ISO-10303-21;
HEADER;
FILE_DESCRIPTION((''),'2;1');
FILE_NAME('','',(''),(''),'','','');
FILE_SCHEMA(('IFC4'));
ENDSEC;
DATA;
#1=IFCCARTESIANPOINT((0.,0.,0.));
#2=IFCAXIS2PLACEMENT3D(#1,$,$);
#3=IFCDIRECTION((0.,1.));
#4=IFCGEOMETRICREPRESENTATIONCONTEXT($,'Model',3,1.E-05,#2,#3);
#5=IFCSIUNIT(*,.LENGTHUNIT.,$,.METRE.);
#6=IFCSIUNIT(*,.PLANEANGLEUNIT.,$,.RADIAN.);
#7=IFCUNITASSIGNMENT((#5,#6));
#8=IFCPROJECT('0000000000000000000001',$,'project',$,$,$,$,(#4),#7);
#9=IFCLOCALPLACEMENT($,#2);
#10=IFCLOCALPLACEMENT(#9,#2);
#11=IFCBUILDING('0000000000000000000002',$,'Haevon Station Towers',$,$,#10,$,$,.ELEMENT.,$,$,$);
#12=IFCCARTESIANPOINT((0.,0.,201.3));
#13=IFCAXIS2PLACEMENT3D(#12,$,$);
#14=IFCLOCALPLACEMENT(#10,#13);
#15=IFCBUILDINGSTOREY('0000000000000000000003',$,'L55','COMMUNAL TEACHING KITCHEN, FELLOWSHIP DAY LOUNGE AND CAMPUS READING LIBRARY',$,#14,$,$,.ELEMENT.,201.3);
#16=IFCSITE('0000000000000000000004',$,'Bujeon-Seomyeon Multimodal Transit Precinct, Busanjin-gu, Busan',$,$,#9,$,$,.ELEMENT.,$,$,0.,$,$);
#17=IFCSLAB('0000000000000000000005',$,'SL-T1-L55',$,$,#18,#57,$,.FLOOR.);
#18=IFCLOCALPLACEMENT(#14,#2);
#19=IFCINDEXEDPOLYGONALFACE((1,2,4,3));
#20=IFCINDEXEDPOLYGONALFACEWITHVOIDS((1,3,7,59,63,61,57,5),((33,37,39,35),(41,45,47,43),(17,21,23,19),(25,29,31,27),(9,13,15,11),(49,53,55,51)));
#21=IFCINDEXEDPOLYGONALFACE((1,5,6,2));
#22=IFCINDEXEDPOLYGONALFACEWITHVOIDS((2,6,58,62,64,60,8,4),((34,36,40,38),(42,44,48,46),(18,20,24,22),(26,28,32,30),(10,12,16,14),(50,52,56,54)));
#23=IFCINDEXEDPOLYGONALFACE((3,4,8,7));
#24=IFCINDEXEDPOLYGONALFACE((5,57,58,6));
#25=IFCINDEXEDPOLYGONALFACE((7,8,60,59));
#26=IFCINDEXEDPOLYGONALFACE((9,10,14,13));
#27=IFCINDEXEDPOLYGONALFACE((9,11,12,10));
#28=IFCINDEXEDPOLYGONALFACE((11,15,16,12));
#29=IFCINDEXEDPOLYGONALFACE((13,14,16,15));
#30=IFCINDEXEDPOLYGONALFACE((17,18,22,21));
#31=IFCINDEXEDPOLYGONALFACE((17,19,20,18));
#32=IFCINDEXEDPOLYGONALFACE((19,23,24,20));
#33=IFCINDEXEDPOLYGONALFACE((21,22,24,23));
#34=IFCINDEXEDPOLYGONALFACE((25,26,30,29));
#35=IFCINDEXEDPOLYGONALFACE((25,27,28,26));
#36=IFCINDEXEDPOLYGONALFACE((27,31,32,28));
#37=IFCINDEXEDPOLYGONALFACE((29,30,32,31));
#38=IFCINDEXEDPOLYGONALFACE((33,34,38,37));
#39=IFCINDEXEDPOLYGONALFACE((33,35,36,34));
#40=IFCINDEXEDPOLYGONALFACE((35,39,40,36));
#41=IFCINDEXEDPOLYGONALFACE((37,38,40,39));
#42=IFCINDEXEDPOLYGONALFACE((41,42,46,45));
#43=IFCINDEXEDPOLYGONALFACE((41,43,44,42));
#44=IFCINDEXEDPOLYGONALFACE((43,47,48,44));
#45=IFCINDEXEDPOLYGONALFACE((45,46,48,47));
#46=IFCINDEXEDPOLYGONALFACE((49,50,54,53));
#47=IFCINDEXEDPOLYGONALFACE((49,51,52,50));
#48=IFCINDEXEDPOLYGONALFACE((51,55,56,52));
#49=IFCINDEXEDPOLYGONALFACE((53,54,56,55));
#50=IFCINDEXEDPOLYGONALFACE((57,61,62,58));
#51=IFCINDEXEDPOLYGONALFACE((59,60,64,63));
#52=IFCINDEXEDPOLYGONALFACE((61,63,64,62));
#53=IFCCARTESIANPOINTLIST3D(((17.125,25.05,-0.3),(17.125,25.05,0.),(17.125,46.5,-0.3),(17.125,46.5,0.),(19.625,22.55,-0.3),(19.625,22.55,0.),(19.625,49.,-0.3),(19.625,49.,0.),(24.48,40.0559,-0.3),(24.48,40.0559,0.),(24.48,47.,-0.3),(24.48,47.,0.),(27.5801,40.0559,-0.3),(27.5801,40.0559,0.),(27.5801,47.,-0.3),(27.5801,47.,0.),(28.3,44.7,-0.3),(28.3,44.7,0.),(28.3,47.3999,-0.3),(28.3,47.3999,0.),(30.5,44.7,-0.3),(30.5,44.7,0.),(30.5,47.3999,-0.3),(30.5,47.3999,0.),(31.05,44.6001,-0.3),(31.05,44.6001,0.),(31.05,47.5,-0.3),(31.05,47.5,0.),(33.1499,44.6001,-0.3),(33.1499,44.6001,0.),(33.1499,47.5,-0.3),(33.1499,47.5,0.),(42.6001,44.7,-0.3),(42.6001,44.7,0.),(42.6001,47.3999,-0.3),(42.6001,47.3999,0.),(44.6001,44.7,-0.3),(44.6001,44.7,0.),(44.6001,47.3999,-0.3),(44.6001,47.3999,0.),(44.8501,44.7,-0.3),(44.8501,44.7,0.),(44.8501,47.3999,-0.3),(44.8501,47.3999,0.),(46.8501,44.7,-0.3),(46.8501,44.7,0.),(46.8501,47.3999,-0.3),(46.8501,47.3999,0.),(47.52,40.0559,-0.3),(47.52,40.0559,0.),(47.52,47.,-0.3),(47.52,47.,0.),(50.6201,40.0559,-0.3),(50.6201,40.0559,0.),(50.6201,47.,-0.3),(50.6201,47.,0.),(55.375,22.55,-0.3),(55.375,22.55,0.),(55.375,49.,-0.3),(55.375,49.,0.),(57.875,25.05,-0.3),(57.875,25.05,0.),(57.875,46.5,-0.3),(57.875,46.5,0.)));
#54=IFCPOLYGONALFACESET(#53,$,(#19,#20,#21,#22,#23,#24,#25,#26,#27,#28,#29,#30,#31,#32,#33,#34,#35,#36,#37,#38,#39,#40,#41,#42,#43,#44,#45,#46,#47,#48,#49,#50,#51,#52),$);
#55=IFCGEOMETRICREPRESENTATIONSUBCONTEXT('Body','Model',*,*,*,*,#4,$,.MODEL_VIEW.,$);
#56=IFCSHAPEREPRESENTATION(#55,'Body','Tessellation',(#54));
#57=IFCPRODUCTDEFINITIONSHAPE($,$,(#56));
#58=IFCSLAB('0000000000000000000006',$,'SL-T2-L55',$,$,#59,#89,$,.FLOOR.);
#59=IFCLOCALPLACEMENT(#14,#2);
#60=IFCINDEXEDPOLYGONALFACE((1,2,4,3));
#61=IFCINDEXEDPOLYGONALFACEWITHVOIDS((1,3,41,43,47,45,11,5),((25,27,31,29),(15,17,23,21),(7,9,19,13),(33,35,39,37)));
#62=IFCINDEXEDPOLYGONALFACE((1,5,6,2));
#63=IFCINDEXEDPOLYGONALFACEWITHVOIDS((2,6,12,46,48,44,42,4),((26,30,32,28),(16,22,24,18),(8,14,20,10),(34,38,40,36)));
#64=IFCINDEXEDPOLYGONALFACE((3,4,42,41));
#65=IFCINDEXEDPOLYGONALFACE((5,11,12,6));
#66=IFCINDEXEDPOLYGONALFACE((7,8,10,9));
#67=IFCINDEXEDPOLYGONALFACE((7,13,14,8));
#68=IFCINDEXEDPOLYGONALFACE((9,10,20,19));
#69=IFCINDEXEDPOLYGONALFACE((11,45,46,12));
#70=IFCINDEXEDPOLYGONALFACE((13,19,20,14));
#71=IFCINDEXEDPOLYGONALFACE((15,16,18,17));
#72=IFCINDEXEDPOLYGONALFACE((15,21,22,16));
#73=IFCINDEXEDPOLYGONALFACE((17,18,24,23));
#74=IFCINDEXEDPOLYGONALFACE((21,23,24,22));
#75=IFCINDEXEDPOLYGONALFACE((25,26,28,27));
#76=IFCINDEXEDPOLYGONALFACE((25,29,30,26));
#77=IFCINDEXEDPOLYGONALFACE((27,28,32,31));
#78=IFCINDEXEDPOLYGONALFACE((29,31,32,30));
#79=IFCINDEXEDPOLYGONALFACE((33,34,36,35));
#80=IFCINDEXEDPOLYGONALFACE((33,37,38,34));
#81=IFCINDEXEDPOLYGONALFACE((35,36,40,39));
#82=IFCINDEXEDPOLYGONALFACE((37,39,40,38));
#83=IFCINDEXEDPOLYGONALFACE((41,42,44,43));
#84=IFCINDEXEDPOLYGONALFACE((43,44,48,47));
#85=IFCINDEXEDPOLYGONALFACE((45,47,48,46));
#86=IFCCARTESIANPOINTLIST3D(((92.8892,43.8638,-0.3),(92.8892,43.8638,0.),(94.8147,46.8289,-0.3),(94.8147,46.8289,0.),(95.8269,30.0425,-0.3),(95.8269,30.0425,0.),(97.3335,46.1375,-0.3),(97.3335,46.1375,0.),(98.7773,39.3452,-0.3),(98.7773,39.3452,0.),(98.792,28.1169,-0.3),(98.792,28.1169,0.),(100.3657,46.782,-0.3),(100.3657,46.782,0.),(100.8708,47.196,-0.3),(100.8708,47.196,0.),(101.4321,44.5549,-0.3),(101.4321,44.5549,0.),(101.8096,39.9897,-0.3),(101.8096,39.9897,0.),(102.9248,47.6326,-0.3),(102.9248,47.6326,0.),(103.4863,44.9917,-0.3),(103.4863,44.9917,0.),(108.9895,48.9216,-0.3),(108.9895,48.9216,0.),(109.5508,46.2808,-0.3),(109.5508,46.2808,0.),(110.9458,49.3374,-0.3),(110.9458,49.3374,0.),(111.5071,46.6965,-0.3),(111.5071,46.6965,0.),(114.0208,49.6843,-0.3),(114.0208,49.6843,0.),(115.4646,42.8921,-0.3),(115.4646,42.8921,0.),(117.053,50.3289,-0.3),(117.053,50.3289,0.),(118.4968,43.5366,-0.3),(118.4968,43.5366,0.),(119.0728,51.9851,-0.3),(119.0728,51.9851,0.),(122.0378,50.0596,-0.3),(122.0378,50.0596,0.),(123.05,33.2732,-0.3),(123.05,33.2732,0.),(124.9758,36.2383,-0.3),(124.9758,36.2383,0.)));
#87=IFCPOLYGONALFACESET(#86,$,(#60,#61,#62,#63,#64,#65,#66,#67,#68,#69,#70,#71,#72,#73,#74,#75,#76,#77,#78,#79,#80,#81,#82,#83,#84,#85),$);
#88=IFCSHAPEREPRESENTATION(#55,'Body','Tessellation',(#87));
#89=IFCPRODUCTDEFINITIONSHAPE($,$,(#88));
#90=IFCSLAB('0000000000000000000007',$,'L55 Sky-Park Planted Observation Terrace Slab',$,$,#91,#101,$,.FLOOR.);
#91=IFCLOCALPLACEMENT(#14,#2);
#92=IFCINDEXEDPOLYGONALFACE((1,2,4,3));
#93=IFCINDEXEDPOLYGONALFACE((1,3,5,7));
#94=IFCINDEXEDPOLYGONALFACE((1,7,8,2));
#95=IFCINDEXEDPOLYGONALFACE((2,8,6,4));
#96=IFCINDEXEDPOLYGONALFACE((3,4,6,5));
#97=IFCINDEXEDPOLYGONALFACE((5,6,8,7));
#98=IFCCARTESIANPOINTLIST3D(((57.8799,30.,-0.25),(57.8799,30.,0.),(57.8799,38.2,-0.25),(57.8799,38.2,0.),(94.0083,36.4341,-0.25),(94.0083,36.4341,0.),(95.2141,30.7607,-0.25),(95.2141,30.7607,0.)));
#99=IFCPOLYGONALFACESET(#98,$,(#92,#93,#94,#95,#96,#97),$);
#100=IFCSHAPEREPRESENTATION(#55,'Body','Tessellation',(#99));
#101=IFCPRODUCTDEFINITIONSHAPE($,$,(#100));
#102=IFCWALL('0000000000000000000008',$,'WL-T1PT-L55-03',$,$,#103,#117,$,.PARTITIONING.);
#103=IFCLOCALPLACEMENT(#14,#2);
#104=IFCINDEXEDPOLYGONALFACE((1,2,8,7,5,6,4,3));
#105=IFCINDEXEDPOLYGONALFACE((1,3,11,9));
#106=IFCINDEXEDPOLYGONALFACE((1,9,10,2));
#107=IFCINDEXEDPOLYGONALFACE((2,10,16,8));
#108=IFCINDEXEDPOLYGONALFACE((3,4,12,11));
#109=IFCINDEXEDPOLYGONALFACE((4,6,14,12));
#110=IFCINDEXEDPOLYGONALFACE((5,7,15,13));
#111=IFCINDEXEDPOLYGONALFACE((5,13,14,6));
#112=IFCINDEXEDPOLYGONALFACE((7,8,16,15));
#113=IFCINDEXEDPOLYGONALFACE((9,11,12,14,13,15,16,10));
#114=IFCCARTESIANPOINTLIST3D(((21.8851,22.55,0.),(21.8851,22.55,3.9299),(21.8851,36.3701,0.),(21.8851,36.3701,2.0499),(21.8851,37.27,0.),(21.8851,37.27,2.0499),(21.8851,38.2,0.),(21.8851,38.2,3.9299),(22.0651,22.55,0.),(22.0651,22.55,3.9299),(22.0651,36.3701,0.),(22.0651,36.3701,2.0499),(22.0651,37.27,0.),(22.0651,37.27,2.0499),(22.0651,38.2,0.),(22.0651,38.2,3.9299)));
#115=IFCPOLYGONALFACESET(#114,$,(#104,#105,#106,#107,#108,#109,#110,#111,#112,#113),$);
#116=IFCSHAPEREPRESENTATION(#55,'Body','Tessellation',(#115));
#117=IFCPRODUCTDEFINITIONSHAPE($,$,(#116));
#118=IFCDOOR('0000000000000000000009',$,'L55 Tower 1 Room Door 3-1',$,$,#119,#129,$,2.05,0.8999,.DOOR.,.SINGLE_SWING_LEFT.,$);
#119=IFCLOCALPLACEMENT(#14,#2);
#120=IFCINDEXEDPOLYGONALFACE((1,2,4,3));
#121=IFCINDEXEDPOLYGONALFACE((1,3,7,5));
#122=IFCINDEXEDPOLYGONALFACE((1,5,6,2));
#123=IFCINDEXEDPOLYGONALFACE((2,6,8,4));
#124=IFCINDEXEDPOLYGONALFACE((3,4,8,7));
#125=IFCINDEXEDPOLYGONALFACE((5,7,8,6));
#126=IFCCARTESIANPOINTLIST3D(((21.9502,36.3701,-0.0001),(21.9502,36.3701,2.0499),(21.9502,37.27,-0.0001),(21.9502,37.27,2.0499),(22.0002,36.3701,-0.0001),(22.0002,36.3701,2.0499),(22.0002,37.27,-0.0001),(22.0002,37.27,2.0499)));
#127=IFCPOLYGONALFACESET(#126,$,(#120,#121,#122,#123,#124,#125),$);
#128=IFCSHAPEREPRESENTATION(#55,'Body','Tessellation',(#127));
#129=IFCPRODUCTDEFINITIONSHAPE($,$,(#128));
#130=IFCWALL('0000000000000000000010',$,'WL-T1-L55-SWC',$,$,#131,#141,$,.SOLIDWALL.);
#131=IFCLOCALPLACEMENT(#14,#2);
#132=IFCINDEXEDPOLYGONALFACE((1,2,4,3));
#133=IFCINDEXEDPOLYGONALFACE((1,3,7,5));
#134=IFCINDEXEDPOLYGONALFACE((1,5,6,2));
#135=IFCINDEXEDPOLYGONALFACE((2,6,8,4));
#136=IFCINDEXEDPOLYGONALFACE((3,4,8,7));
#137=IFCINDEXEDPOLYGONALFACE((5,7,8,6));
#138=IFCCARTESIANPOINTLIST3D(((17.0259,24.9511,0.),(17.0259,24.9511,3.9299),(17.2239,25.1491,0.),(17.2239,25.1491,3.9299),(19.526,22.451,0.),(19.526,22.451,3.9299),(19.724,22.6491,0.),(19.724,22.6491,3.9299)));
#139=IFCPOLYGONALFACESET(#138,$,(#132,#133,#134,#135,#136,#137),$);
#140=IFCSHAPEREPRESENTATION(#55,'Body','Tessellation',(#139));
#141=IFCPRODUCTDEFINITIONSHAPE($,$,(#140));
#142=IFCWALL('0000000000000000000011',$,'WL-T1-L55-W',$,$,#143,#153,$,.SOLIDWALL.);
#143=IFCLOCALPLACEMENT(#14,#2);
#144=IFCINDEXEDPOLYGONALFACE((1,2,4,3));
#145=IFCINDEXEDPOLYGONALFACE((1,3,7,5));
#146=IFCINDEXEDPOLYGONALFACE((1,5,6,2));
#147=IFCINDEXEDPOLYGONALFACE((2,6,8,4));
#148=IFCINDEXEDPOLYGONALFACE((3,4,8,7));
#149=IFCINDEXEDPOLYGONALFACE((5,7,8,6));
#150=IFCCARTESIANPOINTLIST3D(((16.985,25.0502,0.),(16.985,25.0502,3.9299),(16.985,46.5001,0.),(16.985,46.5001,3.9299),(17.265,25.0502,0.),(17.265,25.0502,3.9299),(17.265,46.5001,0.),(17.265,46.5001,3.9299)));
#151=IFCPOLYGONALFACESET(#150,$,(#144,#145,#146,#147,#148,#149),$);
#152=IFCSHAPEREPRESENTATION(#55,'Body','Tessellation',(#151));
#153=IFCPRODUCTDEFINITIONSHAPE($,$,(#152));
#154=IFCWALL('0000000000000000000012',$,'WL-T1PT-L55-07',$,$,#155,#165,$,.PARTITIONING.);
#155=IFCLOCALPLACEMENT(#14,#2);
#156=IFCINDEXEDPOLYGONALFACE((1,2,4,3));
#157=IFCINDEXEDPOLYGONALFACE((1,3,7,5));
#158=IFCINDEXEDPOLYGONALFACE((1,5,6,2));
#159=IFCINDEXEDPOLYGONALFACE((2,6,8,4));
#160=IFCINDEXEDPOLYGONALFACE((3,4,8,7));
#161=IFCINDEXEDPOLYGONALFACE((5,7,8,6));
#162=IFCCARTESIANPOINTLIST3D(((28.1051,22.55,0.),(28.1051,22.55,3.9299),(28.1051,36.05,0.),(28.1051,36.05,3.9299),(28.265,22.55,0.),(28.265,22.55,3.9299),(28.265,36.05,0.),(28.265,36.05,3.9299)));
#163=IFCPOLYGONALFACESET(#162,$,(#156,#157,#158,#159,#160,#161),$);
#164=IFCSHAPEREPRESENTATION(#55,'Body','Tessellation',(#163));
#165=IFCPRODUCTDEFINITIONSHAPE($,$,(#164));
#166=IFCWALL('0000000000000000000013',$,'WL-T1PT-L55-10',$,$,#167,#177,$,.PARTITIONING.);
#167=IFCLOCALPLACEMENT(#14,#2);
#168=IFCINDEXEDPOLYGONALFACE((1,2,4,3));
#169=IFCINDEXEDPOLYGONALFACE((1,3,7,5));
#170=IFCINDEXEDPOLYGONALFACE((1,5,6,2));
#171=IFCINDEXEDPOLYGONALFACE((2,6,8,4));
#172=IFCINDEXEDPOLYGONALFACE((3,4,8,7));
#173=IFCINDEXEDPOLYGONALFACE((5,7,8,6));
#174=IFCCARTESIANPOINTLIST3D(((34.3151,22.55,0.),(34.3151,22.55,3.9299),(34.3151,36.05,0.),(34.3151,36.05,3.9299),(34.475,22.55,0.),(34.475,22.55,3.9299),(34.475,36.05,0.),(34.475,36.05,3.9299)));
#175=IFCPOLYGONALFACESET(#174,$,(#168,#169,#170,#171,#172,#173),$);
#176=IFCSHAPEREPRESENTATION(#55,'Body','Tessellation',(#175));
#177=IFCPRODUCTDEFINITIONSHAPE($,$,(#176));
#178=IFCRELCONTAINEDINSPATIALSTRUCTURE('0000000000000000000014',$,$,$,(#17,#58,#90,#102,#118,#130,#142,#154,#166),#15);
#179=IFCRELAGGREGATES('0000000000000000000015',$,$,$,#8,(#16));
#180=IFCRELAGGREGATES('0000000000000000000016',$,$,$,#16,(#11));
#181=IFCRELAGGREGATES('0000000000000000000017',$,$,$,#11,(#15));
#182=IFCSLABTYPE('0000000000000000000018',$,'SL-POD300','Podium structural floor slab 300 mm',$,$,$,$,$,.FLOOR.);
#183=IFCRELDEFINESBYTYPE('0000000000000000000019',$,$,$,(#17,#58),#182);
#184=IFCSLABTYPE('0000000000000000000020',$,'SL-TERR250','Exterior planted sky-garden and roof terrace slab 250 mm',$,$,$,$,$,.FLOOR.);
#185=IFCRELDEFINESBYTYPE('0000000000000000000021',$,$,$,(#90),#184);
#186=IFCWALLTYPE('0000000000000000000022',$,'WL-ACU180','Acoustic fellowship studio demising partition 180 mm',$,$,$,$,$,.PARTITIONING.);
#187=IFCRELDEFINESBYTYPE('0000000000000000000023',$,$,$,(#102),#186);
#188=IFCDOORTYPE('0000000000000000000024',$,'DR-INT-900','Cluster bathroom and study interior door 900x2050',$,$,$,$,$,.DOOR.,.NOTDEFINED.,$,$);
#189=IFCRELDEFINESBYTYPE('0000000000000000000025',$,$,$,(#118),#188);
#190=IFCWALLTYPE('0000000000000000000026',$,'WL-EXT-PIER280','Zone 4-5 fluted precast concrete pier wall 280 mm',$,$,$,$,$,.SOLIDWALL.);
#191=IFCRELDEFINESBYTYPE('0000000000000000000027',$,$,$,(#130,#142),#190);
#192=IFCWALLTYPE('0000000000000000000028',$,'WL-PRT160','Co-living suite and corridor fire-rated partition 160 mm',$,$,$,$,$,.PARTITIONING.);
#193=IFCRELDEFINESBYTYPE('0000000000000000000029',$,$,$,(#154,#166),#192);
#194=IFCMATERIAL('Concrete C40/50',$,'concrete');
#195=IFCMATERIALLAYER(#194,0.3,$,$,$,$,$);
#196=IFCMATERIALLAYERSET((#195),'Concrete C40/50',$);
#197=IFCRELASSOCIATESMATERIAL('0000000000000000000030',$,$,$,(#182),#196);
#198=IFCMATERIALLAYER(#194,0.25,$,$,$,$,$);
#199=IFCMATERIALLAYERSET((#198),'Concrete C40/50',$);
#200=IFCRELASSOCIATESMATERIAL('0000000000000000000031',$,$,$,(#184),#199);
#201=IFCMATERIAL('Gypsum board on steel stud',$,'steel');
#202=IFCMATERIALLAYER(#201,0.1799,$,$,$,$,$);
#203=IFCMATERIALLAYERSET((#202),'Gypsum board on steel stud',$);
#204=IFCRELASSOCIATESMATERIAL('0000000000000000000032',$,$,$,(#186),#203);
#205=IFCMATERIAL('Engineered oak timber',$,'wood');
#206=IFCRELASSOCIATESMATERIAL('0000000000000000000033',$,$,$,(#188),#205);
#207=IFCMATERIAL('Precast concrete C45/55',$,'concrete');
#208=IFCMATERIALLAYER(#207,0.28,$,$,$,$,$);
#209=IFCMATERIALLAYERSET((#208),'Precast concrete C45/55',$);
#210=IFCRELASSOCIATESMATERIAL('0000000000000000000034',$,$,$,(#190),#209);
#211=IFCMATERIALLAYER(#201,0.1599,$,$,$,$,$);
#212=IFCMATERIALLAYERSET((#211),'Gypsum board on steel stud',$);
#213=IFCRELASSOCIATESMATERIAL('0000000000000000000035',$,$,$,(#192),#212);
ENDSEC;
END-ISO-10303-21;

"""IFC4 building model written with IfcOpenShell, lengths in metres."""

from ifc_helpers import new_model, si_unit, direction, frame, frame_2d, origin, place, context, subcontext, project, spatial, polyline, rectangle, outline, extrude, material, layer, layer_set, type_object, element, fill, save


model = new_model("IFC4")

# Units and contexts
model_context = context("Model", 3, precision=1e-05, world=origin(), true_north=direction((0.0, 1.0)))
body_context = subcontext(model_context, "Body", "Model", "MODEL_VIEW")
ifc_project = project(units=[si_unit("LENGTHUNIT", "METRE"), si_unit("PLANEANGLEUNIT", "RADIAN")], contexts=[model_context])

# Site, building, storey
site_placement = place(None, origin())
site = spatial("IfcSite", under=ifc_project, at=site_placement, Name="Bujeon-Seomyeon Multimodal Transit Precinct, Busanjin-gu, Busan", CompositionType="ELEMENT", RefElevation=0.0)
building_placement = place(site_placement, origin())
building = spatial("IfcBuilding", under=site, at=building_placement, Name="Haevon Station Towers", CompositionType="ELEMENT")
storey_placement = place(building_placement, frame((0.0, 0.0, 201.3)))
storey = spatial("IfcBuildingStorey", under=building, at=storey_placement, Name="L55", Description="COMMUNAL TEACHING KITCHEN, FELLOWSHIP DAY LOUNGE AND CAMPUS READING LIBRARY", CompositionType="ELEMENT", Elevation=201.3)

# Shared definitions
ifc_material_1 = material(Name="Concrete C40/50", Category="concrete")

# Slabs
ifc_layer_1 = layer(ifc_material_1, 0.3)
ifc_layer_set_1 = layer_set([ifc_layer_1], Name="Concrete C40/50")
slab_type_1 = type_object("IfcSlabType", Name="SL-POD300", Description="Podium structural floor slab 300 mm", PredefinedType="FLOOR", material=ifc_layer_set_1)
slab_1_placement = place(storey_placement, frame((0.0, 0.0, -0.3)))
element("IfcSlab", 1, at=slab_1_placement, inside=storey, type_object=slab_type_1, Name="SL-T1-L55", PredefinedType="FLOOR", context=body_context, shape_type="SweptSolid", body=[
    extrude(outline(polyline([(19.625, 22.55), (55.375, 22.55), (57.875, 25.05), (57.875, 46.5), (55.375, 49.0), (19.625, 49.0), (17.125, 46.5), (17.125, 25.05), (19.625, 22.55)]), holes=[polyline([(27.5801, 40.0559), (27.5801, 47.0), (24.48, 47.0), (24.48, 40.0559), (27.5801, 40.0559)]), polyline([(50.6201, 40.0559), (50.6201, 47.0), (47.52, 47.0), (47.52, 40.0559), (50.6201, 40.0559)]), polyline([(28.3, 44.7), (30.5, 44.7), (30.5, 47.3999), (28.3, 47.3999), (28.3, 44.7)]), polyline([(31.05, 44.6001), (33.1499, 44.6001), (33.1499, 47.5), (31.05, 47.5), (31.05, 44.6001)]), polyline([(42.6001, 44.7), (44.6001, 44.7), (44.6001, 47.3999), (42.6001, 47.3999), (42.6001, 44.7)]), polyline([(44.8501, 44.7), (46.8501, 44.7), (46.8501, 47.3999), (44.8501, 47.3999), (44.8501, 44.7)])]), origin(), (0.0, 0.0, 1.0), 0.3),
])
slab_2_placement = place(storey_placement, frame((0.0, 0.0, -0.3)))
element("IfcSlab", 2, at=slab_2_placement, inside=storey, type_object=slab_type_1, Name="SL-T2-L55", PredefinedType="FLOOR", context=body_context, shape_type="SweptSolid", body=[
    extrude(outline(polyline([(98.792, 28.1169), (123.05, 33.2732), (124.9758, 36.2383), (122.0378, 50.0596), (119.0728, 51.9851), (94.8147, 46.8289), (92.8892, 43.8638), (95.8269, 30.0425), (98.792, 28.1169)]), holes=[polyline([(101.8096, 39.9897), (100.3657, 46.782), (97.3335, 46.1375), (98.7773, 39.3452), (101.8096, 39.9897)]), polyline([(118.4968, 43.5366), (117.053, 50.3289), (114.0208, 49.6843), (115.4646, 42.8921), (118.4968, 43.5366)]), polyline([(101.4321, 44.5549), (103.4863, 44.9917), (102.9248, 47.6326), (100.8708, 47.196), (101.4321, 44.5549)]), polyline([(109.5508, 46.2808), (111.5071, 46.6965), (110.9458, 49.3374), (108.9895, 48.9216), (109.5508, 46.2808)])]), origin(), (0.0, 0.0, 1.0), 0.3),
])
ifc_layer_2 = layer(ifc_material_1, 0.25)
ifc_layer_set_2 = layer_set([ifc_layer_2], Name="Concrete C40/50")
slab_type_2 = type_object("IfcSlabType", Name="SL-TERR250", Description="Exterior planted sky-garden and roof terrace slab 250 mm", PredefinedType="FLOOR", material=ifc_layer_set_2)
slab_3_placement = place(storey_placement, frame((0.0, 0.0, -0.25)))
element("IfcSlab", 3, at=slab_3_placement, inside=storey, type_object=slab_type_2, Name="L55 Sky-Park Planted Observation Terrace Slab", PredefinedType="FLOOR", context=body_context, shape_type="SweptSolid", body=[
    extrude(outline(polyline([(57.8799, 30.0), (95.2141, 30.7607), (94.0083, 36.4341), (57.8799, 38.2), (57.8799, 30.0)])), origin(), (0.0, 0.0, 1.0), 0.25),
])

# Wall, opening, door
ifc_material_2 = material(Name="Gypsum board on steel stud", Category="steel")
ifc_layer_3 = layer(ifc_material_2, 0.1799)
ifc_layer_set_3 = layer_set([ifc_layer_3], Name="Gypsum board on steel stud")
wall_type_1 = type_object("IfcWallType", Name="WL-ACU180", Description="Acoustic fellowship studio demising partition 180 mm", PredefinedType="PARTITIONING", material=ifc_layer_set_3)
wall_1_placement = place(storey_placement, frame((21.9751, 22.55, 0.0), z_axis=(0.0, 0.0, 1.0), x_axis=(0.0, 1.0, 0.0)))
wall_1 = element("IfcWall", 4, at=wall_1_placement, inside=storey, type_object=wall_type_1, Name="WL-T1PT-L55-03", PredefinedType="PARTITIONING", context=body_context, shape_type="SweptSolid", body=[
    extrude(rectangle(XDim=15.6499, YDim=0.1799, at=frame_2d((7.825, 0.0))), origin(), (0.0, 0.0, 1.0), 3.9299),
])
opening_placement = place(wall_1_placement, frame((13.8201, 0.0, 0.0)))
opening = element("IfcOpeningElement", 5, at=opening_placement, cuts=wall_1, PredefinedType="OPENING", context=body_context, shape_type="SweptSolid", body=[
    extrude(rectangle(XDim=0.8999, YDim=2.05, at=frame_2d((0.45, 1.0249))), frame((0.0, 0.0999, 0.0), z_axis=(0.0, -1.0, 0.0), x_axis=(1.0, 0.0, 0.0)), (0.0, 0.0, 1.0), 0.2),
])
ifc_material_3 = material(Name="Engineered oak timber", Category="wood")
door_type = type_object("IfcDoorType", Name="DR-INT-900", Description="Cluster bathroom and study interior door 900x2050", OperationType="NOTDEFINED", PredefinedType="DOOR", material=ifc_material_3)
door_placement = place(opening_placement, origin())
door = element("IfcDoor", 6, at=door_placement, inside=storey, type_object=door_type, Name="L55 Tower 1 Room Door 3-1", OperationType="SINGLE_SWING_LEFT", OverallHeight=2.05, OverallWidth=0.8999, PredefinedType="DOOR", context=body_context, shape_type="SweptSolid", body=[
    extrude(rectangle(XDim=0.8999, YDim=2.05, at=frame_2d((0.45, 1.0249))), frame((0.0, 0.0249, 0.0), z_axis=(0.0, -1.0, 0.0), x_axis=(1.0, 0.0, 0.0)), (0.0, 0.0, 1.0), 0.05),
])
fill(opening, door)

# Walls
ifc_material_4 = material(Name="Precast concrete C45/55", Category="concrete")
ifc_layer_4 = layer(ifc_material_4, 0.28)
ifc_layer_set_4 = layer_set([ifc_layer_4], Name="Precast concrete C45/55")
wall_type_2 = type_object("IfcWallType", Name="WL-EXT-PIER280", Description="Zone 4-5 fluted precast concrete pier wall 280 mm", PredefinedType="SOLIDWALL", material=ifc_layer_set_4)
wall_2_placement = place(storey_placement, frame((19.625, 22.55, 0.0), z_axis=(0.0, 0.0, 1.0), x_axis=(-0.707107, 0.707107, 0.0)))
element("IfcWall", 7, at=wall_2_placement, inside=storey, type_object=wall_type_2, Name="WL-T1-L55-SWC", PredefinedType="SOLIDWALL", context=body_context, shape_type="SweptSolid", body=[
    extrude(rectangle(XDim=3.5356, YDim=0.28, at=frame_2d((1.7678, 0.0))), origin(), (0.0, 0.0, 1.0), 3.9299),
])
wall_3_placement = place(storey_placement, frame((17.125, 25.05, 0.0), z_axis=(0.0, 0.0, 1.0), x_axis=(0.0, 1.0, 0.0)))
element("IfcWall", 8, at=wall_3_placement, inside=storey, type_object=wall_type_2, Name="WL-T1-L55-W", PredefinedType="SOLIDWALL", context=body_context, shape_type="SweptSolid", body=[
    extrude(rectangle(XDim=21.45, YDim=0.28, at=frame_2d((10.7251, 0.0))), origin(), (0.0, 0.0, 1.0), 3.9299),
])
ifc_layer_5 = layer(ifc_material_2, 0.1599)
ifc_layer_set_5 = layer_set([ifc_layer_5], Name="Gypsum board on steel stud")
wall_type_3 = type_object("IfcWallType", Name="WL-PRT160", Description="Co-living suite and corridor fire-rated partition 160 mm", PredefinedType="PARTITIONING", material=ifc_layer_set_5)
for number, where, z_axis, x_axis, name in (
    (9, (28.1851, 22.55, 0.0), (0.0, 0.0, 1.0), (0.0, 1.0, 0.0), "WL-T1PT-L55-07"),
    (10, (34.395, 22.55, 0.0), (0.0, 0.0, 1.0), (0.0, 1.0, 0.0), "WL-T1PT-L55-10"),
):
    element("IfcWall", number, at=place(storey_placement, frame(where, z_axis=z_axis, x_axis=x_axis)), inside=storey, type_object=wall_type_3, Name=name, PredefinedType="PARTITIONING", context=body_context, shape_type="SweptSolid", body=[
        extrude(rectangle(XDim=13.5, YDim=0.1599, at=frame_2d((6.75, 0.0))), origin(), (0.0, 0.0, 1.0), 3.9299),
    ])

save(model, "model.ifc")
